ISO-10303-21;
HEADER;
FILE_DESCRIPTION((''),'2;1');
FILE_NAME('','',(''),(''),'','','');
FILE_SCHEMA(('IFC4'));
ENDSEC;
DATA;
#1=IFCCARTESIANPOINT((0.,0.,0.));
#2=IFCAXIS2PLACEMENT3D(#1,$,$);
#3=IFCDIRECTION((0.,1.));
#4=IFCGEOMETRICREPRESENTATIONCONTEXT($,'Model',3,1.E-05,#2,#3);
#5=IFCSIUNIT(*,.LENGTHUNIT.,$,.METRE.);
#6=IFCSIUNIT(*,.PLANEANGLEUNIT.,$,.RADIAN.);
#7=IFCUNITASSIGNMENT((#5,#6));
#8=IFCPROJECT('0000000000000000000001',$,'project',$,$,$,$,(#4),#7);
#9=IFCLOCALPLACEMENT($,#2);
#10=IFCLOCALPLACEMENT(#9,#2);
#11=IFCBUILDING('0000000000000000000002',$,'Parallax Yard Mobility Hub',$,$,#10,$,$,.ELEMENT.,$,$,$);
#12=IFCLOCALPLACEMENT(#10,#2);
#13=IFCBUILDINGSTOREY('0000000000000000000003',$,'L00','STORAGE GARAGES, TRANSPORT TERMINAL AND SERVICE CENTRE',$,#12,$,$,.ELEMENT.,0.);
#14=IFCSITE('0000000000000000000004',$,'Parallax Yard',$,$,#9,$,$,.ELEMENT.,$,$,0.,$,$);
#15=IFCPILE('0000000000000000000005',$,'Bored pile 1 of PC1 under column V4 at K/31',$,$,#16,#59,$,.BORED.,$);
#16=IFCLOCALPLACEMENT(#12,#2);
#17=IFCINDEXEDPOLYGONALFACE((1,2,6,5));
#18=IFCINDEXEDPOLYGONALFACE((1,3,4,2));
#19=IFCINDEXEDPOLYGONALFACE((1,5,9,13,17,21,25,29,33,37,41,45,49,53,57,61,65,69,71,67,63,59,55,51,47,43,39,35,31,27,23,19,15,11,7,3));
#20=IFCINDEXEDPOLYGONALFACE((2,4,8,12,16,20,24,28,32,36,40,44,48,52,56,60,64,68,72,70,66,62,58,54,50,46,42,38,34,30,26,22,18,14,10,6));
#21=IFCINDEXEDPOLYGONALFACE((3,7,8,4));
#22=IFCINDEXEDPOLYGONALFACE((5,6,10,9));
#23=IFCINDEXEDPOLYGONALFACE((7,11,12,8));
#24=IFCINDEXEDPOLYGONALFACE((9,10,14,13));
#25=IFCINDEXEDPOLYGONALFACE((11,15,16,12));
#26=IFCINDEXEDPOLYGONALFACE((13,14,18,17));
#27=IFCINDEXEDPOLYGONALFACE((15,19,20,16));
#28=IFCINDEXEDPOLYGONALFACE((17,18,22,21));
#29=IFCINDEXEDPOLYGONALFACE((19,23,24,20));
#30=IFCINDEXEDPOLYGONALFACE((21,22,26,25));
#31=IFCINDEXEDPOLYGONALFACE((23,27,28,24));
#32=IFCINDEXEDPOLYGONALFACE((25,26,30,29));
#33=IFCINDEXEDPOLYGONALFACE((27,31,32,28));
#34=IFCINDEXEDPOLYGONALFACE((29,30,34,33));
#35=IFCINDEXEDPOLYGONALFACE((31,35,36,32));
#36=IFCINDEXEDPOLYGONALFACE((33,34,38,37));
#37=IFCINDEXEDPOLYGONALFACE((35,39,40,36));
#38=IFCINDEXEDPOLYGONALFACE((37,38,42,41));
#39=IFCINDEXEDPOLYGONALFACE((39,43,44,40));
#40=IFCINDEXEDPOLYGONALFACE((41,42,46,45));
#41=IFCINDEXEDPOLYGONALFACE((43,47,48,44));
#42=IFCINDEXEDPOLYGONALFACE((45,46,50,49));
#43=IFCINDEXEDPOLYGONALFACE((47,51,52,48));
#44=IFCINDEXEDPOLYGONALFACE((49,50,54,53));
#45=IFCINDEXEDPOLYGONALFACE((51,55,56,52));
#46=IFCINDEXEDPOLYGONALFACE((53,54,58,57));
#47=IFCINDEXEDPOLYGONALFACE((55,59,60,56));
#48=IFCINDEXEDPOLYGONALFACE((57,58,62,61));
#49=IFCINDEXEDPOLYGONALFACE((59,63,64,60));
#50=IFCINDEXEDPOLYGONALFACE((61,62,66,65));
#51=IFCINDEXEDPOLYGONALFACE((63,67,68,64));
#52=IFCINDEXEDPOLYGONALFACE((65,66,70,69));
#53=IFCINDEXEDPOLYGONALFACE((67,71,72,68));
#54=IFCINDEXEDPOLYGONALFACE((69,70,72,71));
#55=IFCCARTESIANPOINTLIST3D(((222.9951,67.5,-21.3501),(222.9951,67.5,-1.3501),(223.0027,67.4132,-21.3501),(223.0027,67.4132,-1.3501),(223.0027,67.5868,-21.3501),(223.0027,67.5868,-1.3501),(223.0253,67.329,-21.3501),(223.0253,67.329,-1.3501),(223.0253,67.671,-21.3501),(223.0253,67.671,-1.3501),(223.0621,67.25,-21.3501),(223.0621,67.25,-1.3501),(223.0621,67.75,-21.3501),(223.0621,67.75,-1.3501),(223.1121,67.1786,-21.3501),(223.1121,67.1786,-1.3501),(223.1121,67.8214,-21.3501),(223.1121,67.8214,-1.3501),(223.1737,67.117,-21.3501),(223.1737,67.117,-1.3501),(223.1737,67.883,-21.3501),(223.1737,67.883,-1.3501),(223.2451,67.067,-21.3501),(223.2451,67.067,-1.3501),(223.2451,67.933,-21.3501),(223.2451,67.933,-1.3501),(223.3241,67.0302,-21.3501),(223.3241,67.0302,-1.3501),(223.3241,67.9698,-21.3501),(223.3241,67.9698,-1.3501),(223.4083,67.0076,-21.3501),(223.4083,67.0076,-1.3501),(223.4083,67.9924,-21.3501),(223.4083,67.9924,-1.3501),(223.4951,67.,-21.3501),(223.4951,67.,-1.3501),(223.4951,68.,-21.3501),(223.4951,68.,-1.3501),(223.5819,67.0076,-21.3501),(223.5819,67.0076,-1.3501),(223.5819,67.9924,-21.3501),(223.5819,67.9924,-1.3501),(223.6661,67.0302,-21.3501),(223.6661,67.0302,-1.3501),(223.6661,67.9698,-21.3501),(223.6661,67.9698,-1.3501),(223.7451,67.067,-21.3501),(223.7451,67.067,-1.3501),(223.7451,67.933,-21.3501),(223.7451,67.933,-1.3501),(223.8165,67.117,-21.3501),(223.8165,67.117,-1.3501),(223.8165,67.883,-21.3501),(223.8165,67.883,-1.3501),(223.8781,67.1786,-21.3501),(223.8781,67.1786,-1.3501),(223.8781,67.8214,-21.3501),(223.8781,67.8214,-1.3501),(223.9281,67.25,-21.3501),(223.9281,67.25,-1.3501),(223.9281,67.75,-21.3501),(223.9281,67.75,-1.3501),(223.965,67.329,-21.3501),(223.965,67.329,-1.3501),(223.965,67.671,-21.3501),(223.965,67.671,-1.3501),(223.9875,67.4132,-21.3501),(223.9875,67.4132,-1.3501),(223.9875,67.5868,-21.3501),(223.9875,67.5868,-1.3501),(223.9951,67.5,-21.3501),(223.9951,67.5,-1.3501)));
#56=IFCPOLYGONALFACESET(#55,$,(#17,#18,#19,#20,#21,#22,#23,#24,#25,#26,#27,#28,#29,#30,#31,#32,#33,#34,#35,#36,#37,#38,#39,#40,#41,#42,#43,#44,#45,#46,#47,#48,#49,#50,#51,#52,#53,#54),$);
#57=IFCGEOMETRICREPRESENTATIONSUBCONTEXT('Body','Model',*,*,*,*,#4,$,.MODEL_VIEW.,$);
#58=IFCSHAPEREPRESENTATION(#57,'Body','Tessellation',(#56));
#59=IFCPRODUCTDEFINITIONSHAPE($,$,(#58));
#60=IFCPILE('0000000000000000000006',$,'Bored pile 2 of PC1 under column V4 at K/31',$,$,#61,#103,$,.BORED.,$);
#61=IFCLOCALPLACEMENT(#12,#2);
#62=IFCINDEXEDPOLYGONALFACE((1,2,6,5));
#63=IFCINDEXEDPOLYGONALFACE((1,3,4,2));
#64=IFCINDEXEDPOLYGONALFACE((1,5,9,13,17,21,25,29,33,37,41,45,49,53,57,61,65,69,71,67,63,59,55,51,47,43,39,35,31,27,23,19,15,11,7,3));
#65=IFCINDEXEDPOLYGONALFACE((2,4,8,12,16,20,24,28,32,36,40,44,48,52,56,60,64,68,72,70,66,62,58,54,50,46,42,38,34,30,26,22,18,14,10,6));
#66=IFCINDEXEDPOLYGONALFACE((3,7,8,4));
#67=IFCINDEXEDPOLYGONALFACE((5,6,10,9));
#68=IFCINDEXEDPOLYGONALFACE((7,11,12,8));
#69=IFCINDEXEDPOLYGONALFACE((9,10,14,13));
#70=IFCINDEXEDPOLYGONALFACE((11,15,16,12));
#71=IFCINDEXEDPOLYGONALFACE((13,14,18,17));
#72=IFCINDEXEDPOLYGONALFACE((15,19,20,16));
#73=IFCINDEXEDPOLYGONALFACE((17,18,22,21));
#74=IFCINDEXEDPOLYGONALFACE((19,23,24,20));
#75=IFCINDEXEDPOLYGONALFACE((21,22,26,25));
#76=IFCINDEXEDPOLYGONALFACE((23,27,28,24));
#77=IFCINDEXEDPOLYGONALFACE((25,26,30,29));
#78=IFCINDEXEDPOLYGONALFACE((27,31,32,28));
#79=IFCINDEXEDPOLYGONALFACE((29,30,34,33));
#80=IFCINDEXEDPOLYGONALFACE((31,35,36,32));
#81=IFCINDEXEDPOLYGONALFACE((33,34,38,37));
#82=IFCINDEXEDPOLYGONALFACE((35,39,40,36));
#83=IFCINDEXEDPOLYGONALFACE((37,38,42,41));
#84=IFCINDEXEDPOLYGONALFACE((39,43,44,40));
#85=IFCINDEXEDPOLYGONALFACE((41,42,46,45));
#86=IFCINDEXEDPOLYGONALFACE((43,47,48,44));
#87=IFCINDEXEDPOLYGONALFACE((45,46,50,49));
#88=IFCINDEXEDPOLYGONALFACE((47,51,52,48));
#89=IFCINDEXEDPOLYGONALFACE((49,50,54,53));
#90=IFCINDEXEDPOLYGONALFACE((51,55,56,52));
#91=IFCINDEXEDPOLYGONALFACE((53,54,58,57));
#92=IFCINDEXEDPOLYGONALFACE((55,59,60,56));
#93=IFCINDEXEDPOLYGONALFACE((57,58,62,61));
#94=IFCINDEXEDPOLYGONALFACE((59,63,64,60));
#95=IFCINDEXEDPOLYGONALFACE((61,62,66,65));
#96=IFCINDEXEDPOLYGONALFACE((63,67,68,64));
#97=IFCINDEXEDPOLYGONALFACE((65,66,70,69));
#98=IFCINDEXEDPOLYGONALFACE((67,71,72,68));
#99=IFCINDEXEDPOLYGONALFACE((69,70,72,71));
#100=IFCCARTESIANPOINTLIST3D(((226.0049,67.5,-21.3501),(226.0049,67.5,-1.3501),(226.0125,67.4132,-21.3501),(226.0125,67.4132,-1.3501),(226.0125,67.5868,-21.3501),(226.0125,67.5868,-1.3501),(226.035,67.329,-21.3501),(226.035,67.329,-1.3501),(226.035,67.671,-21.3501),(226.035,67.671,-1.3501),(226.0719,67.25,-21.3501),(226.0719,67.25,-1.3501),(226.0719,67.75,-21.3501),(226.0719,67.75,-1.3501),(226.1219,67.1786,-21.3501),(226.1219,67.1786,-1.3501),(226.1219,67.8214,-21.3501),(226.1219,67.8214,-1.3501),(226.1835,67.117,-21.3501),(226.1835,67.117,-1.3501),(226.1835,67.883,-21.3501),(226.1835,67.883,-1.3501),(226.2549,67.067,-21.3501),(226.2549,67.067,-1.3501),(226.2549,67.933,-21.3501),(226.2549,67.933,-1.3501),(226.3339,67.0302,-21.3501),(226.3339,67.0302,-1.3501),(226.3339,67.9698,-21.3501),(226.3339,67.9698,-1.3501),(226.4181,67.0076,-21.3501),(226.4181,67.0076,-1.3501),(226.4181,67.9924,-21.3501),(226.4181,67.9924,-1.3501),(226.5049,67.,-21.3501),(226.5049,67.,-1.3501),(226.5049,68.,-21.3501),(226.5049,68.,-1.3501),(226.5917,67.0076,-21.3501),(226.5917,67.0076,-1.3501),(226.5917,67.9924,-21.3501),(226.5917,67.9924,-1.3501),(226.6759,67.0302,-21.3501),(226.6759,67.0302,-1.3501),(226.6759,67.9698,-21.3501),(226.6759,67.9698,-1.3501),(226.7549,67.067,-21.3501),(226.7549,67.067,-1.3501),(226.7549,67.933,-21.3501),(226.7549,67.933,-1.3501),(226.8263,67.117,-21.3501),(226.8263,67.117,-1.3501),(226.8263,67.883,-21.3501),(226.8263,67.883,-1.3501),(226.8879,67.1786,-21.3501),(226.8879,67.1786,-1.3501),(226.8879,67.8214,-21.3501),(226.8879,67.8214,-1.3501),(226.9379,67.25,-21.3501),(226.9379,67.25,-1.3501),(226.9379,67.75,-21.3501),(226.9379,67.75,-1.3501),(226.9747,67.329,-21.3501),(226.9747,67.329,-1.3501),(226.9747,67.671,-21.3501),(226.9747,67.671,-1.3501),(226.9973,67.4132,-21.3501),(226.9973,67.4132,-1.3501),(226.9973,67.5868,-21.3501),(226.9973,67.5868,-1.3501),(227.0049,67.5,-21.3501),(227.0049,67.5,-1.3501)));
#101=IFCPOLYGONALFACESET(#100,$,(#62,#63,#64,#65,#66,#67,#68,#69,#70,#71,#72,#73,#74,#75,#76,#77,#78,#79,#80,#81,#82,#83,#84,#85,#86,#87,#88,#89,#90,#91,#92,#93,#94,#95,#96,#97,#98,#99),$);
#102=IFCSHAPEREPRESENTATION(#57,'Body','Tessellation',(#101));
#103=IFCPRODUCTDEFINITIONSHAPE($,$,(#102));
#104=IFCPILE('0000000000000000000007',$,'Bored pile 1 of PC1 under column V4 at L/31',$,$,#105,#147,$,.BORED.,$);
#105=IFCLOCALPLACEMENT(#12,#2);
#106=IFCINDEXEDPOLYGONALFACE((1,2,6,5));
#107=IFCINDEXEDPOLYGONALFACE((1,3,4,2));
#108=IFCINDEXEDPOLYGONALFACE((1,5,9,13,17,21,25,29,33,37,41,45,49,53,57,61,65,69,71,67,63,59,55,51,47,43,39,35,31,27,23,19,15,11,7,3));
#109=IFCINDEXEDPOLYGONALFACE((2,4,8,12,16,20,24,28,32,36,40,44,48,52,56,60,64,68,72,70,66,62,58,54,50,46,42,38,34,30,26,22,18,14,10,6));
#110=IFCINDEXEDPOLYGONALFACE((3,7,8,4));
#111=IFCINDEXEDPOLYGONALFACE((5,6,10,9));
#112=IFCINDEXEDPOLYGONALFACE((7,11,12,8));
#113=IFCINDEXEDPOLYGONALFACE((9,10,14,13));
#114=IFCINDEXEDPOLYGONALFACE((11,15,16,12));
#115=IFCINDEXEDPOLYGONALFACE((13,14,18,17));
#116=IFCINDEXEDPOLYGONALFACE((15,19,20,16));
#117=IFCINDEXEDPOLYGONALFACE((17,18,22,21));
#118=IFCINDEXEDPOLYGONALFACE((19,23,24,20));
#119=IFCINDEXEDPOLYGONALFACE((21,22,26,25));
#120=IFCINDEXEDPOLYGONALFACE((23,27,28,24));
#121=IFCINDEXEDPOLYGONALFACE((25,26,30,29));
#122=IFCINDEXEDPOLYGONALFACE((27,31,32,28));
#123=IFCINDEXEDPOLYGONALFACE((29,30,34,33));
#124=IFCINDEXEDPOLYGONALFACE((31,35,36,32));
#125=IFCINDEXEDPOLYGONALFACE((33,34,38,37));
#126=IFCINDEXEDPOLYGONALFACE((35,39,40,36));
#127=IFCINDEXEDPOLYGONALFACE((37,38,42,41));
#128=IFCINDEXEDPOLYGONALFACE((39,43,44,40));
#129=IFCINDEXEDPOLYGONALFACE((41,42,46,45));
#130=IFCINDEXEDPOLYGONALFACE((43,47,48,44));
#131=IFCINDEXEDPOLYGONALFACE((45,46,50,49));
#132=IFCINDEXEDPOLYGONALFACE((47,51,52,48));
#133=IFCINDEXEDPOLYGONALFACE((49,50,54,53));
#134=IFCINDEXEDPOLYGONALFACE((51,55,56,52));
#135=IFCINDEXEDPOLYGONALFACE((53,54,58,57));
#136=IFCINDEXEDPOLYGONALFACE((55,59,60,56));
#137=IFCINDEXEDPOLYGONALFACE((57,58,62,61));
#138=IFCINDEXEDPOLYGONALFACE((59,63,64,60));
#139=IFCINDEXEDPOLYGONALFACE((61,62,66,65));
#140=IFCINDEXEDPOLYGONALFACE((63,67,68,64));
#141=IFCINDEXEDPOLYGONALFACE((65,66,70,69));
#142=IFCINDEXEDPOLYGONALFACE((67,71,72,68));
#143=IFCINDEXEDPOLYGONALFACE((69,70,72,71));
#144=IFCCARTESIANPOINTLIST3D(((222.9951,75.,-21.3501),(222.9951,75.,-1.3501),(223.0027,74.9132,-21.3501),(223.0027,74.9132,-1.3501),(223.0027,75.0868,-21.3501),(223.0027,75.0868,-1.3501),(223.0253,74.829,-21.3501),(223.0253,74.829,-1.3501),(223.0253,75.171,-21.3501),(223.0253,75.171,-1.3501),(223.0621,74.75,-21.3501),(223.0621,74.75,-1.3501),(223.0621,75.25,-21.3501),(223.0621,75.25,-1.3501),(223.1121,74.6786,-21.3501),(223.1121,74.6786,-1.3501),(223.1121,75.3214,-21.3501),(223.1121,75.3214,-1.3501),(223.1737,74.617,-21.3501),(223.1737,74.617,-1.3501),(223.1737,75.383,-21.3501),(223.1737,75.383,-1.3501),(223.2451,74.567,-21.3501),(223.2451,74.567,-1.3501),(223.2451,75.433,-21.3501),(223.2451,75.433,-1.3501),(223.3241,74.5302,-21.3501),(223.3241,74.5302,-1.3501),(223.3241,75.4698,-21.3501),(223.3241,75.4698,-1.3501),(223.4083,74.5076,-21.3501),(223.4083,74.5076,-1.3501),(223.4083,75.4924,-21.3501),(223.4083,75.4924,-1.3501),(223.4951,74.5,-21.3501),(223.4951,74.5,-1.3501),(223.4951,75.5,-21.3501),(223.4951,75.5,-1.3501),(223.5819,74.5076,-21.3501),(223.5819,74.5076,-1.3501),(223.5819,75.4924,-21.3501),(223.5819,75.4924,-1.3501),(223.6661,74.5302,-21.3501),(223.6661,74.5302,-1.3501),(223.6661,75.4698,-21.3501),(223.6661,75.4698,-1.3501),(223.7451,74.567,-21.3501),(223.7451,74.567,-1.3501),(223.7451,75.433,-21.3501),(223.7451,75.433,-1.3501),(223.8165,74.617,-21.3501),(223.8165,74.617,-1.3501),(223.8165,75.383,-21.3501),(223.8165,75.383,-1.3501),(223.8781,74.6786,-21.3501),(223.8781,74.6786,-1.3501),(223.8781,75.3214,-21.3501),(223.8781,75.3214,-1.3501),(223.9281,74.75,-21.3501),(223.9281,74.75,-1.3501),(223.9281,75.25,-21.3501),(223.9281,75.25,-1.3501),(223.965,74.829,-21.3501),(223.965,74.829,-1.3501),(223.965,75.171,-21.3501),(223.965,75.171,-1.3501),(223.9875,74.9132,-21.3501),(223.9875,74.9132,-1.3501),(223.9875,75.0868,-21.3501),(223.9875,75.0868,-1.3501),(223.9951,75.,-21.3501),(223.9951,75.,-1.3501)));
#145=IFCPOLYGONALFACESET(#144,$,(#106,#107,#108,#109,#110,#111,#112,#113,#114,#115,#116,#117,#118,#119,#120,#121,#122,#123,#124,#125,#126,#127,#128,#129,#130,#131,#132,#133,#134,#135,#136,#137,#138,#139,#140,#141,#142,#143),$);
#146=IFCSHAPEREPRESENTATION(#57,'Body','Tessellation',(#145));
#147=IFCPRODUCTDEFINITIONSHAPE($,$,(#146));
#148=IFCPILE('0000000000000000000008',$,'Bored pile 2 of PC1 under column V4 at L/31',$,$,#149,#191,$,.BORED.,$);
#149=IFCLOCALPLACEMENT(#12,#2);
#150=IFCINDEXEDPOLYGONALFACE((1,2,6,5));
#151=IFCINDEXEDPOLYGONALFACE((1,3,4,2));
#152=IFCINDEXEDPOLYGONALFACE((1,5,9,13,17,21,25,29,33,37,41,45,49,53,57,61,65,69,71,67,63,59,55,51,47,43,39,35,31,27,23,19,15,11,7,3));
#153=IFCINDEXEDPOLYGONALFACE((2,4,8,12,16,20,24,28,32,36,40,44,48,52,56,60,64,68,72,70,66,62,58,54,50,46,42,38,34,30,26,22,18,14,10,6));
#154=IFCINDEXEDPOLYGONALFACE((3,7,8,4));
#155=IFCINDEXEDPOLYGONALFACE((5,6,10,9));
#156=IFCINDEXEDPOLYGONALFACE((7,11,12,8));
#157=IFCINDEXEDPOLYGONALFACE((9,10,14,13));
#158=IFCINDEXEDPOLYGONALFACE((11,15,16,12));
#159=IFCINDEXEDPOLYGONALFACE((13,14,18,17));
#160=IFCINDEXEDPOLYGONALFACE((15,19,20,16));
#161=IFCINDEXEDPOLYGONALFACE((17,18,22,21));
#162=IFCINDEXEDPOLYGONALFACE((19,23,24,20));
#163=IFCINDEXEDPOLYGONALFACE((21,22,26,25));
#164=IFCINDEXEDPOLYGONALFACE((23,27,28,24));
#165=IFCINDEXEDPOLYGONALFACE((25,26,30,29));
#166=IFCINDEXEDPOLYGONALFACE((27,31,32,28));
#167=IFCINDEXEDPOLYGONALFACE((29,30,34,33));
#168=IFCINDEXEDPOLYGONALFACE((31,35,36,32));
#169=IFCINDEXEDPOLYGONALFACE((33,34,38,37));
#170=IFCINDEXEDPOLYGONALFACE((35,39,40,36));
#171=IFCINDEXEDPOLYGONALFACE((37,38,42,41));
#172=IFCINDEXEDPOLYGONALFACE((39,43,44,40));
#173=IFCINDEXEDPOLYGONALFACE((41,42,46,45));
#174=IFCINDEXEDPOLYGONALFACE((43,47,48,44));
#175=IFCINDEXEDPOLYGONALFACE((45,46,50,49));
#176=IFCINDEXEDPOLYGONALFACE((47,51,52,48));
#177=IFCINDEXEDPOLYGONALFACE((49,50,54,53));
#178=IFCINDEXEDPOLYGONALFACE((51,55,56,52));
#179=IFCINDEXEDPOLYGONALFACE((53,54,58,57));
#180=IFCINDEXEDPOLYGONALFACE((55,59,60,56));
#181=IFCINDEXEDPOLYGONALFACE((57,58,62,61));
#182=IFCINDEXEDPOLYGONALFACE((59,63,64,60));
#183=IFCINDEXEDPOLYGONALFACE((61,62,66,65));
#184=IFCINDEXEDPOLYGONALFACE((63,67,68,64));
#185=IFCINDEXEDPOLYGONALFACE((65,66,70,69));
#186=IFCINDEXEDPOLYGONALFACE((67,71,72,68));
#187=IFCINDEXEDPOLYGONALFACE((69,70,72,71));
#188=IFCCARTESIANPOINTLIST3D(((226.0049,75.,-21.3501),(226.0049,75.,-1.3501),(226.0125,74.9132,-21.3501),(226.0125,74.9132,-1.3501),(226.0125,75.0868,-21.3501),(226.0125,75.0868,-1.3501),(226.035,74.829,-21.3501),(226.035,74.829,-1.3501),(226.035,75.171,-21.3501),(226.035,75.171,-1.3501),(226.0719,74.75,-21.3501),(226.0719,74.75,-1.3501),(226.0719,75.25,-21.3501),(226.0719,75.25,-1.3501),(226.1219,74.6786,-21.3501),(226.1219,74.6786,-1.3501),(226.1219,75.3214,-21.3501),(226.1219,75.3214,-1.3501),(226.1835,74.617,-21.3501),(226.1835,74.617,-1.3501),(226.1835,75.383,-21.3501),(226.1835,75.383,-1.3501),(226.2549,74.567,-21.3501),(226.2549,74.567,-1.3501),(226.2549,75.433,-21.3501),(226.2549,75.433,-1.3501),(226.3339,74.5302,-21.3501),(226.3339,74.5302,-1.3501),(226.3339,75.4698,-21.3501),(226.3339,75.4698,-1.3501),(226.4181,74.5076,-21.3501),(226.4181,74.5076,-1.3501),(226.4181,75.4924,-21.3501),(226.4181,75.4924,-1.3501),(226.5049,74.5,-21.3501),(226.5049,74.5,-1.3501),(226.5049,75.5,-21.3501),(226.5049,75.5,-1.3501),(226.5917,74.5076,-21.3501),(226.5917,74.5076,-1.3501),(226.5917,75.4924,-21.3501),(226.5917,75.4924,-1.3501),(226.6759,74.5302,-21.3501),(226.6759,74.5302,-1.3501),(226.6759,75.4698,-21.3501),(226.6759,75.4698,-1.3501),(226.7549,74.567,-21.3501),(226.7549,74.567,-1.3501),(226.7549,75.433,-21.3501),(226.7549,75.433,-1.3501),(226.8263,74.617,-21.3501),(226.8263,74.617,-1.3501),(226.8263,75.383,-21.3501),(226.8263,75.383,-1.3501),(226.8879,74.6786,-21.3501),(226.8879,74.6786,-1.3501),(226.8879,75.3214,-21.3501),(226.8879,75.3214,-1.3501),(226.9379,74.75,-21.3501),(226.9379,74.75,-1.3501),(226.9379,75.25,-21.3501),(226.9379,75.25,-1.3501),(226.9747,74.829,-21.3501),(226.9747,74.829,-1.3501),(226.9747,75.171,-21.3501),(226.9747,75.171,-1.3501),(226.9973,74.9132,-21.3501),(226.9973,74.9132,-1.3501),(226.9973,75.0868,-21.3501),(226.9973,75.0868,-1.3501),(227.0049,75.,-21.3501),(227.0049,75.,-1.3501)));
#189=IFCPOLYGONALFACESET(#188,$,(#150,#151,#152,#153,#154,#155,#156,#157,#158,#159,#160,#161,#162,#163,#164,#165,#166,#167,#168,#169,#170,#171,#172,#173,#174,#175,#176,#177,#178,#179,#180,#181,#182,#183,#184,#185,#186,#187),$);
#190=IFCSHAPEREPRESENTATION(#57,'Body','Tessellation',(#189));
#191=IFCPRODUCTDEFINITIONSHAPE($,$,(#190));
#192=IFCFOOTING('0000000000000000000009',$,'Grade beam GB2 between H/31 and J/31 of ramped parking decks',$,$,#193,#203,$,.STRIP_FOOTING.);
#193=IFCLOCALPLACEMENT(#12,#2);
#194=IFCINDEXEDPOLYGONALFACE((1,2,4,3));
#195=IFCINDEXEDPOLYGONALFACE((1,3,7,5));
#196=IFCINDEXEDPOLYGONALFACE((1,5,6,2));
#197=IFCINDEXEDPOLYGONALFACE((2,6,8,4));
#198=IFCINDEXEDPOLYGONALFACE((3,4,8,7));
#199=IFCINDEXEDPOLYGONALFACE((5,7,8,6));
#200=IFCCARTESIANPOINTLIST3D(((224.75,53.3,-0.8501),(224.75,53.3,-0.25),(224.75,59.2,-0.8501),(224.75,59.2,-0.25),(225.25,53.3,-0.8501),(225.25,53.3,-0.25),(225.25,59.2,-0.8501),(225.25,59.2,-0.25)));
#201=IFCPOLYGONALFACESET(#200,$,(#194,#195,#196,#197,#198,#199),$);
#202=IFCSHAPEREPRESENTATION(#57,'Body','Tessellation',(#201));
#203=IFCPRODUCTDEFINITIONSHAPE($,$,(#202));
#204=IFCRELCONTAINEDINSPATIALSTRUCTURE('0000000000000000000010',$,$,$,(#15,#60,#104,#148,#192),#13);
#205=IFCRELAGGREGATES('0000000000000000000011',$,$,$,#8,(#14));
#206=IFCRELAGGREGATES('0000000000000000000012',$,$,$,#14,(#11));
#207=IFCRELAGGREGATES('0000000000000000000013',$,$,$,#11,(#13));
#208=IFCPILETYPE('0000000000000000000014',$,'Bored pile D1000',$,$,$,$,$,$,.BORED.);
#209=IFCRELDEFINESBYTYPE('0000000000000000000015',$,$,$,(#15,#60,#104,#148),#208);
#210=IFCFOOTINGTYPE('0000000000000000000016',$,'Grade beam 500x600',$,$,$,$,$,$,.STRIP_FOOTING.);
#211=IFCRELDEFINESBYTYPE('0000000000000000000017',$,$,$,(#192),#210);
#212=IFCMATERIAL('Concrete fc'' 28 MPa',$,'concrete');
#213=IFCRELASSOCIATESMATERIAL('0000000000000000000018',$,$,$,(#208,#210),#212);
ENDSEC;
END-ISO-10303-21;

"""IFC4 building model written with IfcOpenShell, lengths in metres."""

from ifc_helpers import new_model, si_unit, direction, frame, origin, origin_2d, place, context, subcontext, project, spatial, rectangle, circle, extrude, material, material_profile, profile_set, type_object, element, save


model = new_model("IFC4")

# Units and contexts
model_context = context("Model", 3, precision=1e-05, world=origin(), true_north=direction((0.0, 1.0)))
body_context = subcontext(model_context, "Body", "Model", "MODEL_VIEW")
ifc_project = project(units=[si_unit("LENGTHUNIT", "METRE"), si_unit("PLANEANGLEUNIT", "RADIAN")], contexts=[model_context])

# Site, building, storey
site_placement = place(None, origin())
site = spatial("IfcSite", under=ifc_project, at=site_placement, Name="Parallax Yard", CompositionType="ELEMENT", RefElevation=0.0)
building_placement = place(site_placement, origin())
building = spatial("IfcBuilding", under=site, at=building_placement, Name="Parallax Yard Mobility Hub", CompositionType="ELEMENT")
storey_placement = place(building_placement, origin())
storey = spatial("IfcBuildingStorey", under=building, at=storey_placement, Name="L00", Description="STORAGE GARAGES, TRANSPORT TERMINAL AND SERVICE CENTRE", CompositionType="ELEMENT", Elevation=0.0)

# Piles
ifc_material_1 = material(Name="Concrete fc' 28 MPa", Category="concrete")
ifc_material_profile_1 = material_profile(ifc_material_1, circle(Radius=0.5, at=origin_2d()), Name="Bored pile D1000")
ifc_profile_set_1 = profile_set([ifc_material_profile_1], Name="Concrete fc' 28 MPa")
pile_type = type_object("IfcPileType", Name="Bored pile D1000", PredefinedType="BORED", material=ifc_profile_set_1)
for number, where, z_axis, x_axis, name in (
    (1, (223.4951, 67.5, -1.3501), (0.0, 0.0, -1.0), (1.0, 0.0, 0.0), "Bored pile 1 of PC1 under column V4 at K/31"),
    (2, (226.5049, 67.5, -1.3501), (0.0, 0.0, -1.0), (1.0, 0.0, 0.0), "Bored pile 2 of PC1 under column V4 at K/31"),
    (3, (223.4951, 75.0, -1.3501), (0.0, 0.0, -1.0), (1.0, 0.0, 0.0), "Bored pile 1 of PC1 under column V4 at L/31"),
    (4, (226.5049, 75.0, -1.3501), (0.0, 0.0, -1.0), (1.0, 0.0, 0.0), "Bored pile 2 of PC1 under column V4 at L/31"),
):
    element("IfcPile", number, at=place(storey_placement, frame(where, z_axis=z_axis, x_axis=x_axis)), inside=storey, type_object=pile_type, Name=name, PredefinedType="BORED", context=body_context, shape_type="SweptSolid", body=[
        extrude(circle(Radius=0.5, at=origin_2d()), origin(), (0.0, 0.0, 1.0), 20.0),
    ])

# Footing
ifc_material_profile_2 = material_profile(ifc_material_1, rectangle(XDim=0.5, YDim=0.6001, at=origin_2d()), Name="Grade beam 500x600")
ifc_profile_set_2 = profile_set([ifc_material_profile_2], Name="Concrete fc' 28 MPa")
footing_type_1 = type_object("IfcFootingType", Name="Grade beam 500x600", PredefinedType="STRIP_FOOTING", material=ifc_profile_set_2)
for number, where, z_axis, x_axis, name in (
    (5, (225.0, 53.3, -0.55), (0.0, 1.0, 0.0), (-1.0, 0.0, 0.0), "Grade beam GB2 between H/31 and J/31 of ramped parking decks"),
):
    element("IfcFooting", number, at=place(storey_placement, frame(where, z_axis=z_axis, x_axis=x_axis)), inside=storey, type_object=footing_type_1, Name=name, PredefinedType="STRIP_FOOTING", context=body_context, shape_type="SweptSolid", body=[
        extrude(rectangle(XDim=0.5, YDim=0.6001, at=origin_2d()), origin(), (0.0, 0.0, 1.0), 5.8999),
    ])

save(model, "model.ifc")
